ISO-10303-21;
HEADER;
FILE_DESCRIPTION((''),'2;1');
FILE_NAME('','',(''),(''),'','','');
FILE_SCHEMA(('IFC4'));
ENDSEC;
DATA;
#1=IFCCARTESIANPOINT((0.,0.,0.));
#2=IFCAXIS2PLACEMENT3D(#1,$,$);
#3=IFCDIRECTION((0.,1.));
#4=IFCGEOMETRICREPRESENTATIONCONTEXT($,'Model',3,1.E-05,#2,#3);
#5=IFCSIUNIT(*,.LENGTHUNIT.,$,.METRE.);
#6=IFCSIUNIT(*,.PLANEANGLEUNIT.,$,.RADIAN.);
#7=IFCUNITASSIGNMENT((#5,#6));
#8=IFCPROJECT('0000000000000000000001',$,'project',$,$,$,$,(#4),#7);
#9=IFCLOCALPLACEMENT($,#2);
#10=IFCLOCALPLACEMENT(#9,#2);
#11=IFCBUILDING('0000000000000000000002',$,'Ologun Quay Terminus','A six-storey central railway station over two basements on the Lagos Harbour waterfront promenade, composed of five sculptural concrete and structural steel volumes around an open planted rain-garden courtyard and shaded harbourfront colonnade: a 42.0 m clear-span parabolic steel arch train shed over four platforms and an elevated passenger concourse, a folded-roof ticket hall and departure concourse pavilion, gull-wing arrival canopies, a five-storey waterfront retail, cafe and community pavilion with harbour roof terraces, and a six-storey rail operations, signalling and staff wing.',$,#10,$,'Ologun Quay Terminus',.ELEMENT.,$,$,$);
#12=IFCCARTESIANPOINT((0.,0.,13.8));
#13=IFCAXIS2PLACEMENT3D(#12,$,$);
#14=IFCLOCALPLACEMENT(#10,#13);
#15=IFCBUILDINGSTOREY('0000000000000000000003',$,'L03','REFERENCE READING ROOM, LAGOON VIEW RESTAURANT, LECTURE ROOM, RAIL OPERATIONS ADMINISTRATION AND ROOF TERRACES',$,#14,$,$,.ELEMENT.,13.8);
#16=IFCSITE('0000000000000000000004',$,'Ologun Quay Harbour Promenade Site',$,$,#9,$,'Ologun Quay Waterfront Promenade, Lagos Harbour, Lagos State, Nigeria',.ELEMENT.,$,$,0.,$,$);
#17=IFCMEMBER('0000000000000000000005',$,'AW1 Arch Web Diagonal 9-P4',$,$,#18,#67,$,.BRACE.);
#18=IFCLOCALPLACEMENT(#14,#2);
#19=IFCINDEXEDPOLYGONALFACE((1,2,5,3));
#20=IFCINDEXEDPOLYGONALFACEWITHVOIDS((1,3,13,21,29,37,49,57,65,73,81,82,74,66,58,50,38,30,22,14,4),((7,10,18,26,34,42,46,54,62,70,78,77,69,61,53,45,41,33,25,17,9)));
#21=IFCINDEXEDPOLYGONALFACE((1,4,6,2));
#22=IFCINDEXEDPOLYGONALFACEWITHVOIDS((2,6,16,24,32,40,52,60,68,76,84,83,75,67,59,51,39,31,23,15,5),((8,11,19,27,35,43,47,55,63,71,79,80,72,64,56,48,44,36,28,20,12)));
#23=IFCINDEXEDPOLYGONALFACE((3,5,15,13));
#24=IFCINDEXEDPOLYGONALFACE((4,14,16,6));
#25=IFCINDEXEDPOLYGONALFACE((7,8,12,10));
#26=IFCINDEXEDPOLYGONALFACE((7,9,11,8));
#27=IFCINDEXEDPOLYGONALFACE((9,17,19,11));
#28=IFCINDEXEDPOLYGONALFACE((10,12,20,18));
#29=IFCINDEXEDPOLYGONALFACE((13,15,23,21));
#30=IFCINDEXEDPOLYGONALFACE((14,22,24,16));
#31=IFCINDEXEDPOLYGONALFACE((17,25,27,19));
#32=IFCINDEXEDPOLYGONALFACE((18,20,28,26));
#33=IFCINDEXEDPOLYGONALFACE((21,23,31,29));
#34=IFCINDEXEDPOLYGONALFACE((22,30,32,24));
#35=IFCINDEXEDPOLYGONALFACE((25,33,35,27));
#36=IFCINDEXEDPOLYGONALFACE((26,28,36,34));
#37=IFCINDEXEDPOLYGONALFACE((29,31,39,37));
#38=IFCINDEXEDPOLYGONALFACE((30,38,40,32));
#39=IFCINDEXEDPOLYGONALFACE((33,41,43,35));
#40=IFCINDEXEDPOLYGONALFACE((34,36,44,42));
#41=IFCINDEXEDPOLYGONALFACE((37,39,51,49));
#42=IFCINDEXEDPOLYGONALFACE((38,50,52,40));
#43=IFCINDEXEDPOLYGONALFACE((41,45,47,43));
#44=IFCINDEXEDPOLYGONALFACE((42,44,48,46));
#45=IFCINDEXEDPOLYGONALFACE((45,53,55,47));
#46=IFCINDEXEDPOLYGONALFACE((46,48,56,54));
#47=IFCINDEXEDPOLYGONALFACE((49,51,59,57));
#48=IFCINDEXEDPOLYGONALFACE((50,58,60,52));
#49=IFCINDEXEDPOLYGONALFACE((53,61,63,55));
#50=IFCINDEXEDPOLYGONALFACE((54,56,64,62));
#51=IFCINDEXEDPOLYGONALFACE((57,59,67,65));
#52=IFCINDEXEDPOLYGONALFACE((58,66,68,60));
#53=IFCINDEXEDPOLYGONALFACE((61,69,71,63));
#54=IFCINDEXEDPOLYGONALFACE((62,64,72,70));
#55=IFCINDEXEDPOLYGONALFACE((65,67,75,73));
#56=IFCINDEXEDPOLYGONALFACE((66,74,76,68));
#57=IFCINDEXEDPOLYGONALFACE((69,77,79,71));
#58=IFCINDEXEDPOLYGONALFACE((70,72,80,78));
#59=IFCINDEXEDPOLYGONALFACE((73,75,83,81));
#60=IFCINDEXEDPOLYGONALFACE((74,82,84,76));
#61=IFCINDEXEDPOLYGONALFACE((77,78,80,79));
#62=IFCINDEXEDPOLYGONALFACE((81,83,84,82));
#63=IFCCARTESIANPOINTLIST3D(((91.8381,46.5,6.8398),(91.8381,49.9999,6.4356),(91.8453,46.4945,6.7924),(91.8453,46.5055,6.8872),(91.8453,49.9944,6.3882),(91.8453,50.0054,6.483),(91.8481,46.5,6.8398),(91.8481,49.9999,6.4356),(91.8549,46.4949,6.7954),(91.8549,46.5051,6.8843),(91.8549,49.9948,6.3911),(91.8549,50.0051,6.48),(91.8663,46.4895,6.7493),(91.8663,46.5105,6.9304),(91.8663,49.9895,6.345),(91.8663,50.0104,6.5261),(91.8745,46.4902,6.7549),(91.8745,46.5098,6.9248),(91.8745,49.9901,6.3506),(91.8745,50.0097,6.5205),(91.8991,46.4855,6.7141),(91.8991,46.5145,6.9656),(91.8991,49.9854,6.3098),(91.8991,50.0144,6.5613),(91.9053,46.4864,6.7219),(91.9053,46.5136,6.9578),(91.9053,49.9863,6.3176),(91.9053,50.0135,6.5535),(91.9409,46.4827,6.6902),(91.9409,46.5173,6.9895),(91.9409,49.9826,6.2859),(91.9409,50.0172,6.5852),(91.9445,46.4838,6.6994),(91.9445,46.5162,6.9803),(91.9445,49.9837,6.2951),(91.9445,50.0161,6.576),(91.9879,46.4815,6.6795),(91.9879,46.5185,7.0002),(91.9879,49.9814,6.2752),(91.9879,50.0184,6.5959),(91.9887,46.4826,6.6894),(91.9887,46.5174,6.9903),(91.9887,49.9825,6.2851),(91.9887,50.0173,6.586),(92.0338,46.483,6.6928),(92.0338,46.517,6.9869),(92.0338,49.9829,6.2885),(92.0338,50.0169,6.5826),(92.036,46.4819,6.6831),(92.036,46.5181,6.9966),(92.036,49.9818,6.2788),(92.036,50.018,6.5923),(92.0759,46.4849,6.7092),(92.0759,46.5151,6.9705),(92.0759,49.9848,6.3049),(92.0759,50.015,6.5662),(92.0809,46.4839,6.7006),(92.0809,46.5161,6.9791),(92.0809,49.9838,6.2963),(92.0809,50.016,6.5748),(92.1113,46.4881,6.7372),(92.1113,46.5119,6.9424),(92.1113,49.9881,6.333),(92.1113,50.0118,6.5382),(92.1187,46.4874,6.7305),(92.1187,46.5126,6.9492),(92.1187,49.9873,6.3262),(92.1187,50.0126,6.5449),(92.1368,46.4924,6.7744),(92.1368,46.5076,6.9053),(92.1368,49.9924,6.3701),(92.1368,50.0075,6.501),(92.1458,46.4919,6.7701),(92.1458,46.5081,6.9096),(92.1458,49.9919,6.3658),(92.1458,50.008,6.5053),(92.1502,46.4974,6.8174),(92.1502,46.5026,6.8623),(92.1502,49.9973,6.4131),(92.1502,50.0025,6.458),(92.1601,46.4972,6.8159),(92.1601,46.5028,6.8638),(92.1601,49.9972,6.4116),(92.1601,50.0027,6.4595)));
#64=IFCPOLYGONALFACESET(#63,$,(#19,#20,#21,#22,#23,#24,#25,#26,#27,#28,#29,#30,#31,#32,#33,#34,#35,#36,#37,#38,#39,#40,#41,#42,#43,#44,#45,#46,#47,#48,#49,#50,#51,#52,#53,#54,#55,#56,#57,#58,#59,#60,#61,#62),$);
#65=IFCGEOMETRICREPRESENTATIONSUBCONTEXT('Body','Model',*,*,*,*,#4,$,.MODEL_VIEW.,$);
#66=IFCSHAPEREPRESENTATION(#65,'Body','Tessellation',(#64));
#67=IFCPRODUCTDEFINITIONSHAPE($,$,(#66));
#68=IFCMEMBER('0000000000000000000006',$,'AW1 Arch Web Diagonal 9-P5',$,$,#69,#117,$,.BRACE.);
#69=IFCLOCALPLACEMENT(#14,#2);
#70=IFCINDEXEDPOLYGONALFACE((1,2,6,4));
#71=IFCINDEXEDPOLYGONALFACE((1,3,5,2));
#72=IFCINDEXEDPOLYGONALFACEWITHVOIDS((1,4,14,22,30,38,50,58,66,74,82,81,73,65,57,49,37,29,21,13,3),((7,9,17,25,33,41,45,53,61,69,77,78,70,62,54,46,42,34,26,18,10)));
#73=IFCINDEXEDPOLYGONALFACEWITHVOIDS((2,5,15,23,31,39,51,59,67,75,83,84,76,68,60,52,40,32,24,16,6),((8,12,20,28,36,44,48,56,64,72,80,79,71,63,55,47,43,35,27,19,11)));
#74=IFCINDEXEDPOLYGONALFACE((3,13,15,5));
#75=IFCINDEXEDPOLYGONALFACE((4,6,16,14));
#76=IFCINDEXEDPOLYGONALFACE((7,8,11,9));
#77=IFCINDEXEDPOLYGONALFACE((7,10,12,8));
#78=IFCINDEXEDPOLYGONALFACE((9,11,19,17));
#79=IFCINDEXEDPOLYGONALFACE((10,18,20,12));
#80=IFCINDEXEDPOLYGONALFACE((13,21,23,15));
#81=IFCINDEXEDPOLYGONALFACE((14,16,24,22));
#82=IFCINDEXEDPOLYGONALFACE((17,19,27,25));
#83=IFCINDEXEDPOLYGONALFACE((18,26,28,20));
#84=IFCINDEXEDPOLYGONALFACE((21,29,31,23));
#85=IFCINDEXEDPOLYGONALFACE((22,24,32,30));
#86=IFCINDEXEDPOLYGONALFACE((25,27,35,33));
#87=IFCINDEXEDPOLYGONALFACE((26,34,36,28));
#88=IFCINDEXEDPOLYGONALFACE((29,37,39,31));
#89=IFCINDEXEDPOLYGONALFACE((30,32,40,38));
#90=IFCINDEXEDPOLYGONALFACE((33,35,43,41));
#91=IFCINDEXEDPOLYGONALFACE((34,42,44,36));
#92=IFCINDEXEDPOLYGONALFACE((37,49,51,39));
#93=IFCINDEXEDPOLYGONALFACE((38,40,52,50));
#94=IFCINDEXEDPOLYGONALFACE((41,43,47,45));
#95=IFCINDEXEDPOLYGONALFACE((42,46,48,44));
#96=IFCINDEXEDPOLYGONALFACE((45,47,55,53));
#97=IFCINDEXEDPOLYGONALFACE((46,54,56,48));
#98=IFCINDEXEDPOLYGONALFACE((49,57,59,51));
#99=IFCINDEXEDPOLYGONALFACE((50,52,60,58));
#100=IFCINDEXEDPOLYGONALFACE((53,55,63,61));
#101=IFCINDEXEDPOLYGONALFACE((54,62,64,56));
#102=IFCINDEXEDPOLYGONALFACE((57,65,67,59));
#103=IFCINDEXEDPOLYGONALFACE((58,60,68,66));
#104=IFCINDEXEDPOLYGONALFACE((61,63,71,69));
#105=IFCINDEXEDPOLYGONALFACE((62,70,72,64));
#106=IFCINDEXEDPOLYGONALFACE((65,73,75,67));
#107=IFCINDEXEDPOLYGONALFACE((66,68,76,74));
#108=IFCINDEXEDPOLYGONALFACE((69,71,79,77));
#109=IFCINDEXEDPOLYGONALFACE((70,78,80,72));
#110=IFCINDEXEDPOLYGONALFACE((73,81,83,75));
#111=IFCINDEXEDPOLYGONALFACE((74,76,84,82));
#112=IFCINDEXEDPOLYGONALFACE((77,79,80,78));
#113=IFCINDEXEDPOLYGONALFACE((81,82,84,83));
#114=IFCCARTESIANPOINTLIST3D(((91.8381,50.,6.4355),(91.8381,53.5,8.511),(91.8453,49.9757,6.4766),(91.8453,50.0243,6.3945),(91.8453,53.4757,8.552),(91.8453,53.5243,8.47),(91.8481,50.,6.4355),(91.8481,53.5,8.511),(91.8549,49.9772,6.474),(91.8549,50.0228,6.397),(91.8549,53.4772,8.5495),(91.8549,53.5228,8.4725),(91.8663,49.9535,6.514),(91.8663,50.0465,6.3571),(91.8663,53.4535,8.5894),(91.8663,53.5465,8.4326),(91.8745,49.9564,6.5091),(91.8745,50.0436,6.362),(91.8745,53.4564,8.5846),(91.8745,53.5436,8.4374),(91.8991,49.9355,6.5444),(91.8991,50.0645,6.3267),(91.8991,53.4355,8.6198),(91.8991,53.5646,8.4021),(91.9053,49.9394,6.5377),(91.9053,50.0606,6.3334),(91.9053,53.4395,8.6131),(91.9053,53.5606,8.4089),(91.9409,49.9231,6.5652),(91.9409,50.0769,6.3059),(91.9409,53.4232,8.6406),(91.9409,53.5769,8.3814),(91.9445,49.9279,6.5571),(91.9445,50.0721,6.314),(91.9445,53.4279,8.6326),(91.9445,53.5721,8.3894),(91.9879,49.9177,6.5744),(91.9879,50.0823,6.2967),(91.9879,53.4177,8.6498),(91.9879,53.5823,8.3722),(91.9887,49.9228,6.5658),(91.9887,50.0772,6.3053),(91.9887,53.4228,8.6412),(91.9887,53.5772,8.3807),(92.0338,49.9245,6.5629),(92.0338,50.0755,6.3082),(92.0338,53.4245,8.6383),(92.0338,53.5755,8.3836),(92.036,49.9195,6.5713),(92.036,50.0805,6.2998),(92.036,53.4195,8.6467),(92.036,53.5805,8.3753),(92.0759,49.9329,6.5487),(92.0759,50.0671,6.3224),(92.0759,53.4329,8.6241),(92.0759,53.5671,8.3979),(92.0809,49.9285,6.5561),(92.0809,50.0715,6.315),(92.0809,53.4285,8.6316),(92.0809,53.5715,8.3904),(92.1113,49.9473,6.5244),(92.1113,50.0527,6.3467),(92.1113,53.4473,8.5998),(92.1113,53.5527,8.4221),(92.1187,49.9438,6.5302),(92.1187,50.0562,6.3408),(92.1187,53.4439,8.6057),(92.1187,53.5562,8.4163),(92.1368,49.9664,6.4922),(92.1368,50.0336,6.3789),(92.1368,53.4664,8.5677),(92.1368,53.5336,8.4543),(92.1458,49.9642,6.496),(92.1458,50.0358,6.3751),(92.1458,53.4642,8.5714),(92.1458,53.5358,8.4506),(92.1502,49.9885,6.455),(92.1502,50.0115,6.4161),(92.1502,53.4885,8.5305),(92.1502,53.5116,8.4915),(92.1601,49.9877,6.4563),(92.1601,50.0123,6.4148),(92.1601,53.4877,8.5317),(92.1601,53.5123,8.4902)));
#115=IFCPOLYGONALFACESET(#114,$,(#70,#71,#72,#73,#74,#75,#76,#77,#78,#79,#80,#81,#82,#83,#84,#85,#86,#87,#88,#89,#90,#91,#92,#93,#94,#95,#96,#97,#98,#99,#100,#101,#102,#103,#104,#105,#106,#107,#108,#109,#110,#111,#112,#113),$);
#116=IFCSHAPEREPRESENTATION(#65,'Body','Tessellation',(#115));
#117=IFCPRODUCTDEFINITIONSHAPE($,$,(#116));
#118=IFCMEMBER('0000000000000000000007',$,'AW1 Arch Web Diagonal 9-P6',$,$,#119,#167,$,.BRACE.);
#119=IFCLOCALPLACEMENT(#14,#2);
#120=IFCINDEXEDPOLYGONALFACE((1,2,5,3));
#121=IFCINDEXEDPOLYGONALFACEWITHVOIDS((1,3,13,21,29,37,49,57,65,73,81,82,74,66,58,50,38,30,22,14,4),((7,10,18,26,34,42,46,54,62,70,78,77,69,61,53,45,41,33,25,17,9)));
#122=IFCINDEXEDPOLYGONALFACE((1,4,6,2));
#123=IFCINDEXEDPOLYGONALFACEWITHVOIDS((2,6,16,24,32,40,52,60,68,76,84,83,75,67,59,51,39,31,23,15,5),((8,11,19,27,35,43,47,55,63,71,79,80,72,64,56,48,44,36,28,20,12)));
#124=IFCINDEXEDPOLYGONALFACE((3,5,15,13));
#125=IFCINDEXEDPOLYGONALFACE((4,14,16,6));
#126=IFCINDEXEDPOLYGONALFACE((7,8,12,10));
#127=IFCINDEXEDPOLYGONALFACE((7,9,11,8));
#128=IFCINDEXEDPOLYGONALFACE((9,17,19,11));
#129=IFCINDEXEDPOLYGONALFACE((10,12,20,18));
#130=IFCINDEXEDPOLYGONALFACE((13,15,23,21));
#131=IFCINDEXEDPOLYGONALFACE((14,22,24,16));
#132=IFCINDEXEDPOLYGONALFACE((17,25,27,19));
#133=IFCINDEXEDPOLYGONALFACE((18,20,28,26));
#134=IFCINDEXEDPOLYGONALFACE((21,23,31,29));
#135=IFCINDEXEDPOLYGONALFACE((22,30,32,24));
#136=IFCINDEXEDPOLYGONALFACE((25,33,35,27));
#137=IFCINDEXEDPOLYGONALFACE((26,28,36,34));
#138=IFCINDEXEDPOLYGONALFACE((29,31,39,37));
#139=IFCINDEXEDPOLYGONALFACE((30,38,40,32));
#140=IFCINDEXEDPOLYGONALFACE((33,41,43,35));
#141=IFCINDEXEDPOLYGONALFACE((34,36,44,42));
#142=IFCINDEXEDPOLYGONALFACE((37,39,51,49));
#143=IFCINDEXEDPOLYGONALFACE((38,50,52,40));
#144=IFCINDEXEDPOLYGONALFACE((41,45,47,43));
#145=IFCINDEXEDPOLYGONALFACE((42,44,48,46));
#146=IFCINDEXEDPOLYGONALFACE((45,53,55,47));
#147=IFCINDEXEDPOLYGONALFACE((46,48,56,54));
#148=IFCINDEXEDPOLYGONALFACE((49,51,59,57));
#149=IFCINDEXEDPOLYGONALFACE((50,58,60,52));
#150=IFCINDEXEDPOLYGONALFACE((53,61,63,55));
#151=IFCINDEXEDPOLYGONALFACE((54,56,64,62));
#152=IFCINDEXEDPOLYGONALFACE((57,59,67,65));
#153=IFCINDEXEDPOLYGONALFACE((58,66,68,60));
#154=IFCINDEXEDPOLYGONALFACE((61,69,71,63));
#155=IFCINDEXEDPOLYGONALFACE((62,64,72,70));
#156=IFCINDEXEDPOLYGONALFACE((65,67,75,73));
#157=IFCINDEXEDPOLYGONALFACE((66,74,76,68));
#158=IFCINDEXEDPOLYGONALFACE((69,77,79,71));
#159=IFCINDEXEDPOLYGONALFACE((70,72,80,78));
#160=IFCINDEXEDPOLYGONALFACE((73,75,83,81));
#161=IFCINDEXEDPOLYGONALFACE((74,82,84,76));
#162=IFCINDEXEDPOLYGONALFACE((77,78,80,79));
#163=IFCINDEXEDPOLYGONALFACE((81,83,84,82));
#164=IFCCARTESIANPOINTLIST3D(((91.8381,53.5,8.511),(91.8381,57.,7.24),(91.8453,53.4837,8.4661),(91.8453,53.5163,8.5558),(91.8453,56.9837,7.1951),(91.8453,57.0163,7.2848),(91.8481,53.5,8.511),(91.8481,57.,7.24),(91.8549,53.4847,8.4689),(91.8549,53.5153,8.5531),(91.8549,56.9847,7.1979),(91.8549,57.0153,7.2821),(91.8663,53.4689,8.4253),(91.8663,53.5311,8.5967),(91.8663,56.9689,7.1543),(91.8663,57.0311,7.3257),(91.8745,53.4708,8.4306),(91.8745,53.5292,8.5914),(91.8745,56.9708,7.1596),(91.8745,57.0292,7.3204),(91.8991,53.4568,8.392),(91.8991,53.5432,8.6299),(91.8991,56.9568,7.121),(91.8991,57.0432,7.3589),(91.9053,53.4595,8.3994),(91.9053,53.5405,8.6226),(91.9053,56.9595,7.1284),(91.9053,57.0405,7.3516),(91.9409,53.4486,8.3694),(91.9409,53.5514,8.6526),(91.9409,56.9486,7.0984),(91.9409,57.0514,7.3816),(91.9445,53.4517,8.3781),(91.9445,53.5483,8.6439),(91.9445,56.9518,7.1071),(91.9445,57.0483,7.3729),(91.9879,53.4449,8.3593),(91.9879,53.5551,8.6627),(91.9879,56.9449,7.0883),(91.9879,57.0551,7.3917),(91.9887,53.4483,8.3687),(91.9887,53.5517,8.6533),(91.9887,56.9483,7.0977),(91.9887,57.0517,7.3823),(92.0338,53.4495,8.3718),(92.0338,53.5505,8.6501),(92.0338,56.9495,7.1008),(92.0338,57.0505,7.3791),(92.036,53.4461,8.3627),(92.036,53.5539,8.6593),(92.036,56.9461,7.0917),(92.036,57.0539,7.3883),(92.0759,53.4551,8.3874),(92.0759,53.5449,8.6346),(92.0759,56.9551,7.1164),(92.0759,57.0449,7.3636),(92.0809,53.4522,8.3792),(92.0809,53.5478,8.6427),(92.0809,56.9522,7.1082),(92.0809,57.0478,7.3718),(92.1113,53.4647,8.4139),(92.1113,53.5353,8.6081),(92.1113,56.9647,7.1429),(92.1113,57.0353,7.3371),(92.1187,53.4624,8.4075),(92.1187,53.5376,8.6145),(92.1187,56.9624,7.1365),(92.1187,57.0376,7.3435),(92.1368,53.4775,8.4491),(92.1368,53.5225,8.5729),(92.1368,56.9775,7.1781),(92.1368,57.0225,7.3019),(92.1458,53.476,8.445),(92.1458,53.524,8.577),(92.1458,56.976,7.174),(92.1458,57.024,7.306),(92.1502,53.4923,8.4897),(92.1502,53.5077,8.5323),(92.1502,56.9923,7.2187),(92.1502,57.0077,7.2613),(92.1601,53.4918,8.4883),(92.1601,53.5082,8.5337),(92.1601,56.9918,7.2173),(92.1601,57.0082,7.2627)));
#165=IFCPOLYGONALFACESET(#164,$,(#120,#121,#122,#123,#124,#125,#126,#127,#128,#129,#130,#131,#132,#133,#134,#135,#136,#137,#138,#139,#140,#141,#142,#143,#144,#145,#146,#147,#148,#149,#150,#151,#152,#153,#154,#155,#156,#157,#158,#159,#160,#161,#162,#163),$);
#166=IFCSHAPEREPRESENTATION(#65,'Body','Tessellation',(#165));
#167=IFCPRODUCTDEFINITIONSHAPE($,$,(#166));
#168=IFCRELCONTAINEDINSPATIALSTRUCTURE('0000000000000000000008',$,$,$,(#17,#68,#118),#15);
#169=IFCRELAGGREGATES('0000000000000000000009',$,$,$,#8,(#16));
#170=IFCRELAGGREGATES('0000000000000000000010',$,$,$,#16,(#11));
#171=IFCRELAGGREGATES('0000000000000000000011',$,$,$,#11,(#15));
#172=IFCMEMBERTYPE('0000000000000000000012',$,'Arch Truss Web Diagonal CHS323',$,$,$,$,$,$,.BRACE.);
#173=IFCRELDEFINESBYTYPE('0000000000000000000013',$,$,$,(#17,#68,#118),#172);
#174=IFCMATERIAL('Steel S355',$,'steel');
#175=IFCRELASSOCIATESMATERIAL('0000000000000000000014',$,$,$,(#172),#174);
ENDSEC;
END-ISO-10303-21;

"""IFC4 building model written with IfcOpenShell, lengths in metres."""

from ifc_helpers import new_model, si_unit, direction, frame, origin, origin_2d, place, context, subcontext, project, spatial, hollow_circle, extrude, material, material_profile, profile_set, type_object, element, save


model = new_model("IFC4")

# Units and contexts
model_context = context("Model", 3, precision=1e-05, world=origin(), true_north=direction((0.0, 1.0)))
body_context = subcontext(model_context, "Body", "Model", "MODEL_VIEW")
ifc_project = project(units=[si_unit("LENGTHUNIT", "METRE"), si_unit("PLANEANGLEUNIT", "RADIAN")], contexts=[model_context])

# Site, building, storey
site_placement = place(None, origin())
site = spatial("IfcSite", under=ifc_project, at=site_placement, Name="Ologun Quay Harbour Promenade Site", LongName="Ologun Quay Waterfront Promenade, Lagos Harbour, Lagos State, Nigeria", CompositionType="ELEMENT", RefElevation=0.0)
building_placement = place(site_placement, origin())
building = spatial("IfcBuilding", under=site, at=building_placement, Name="Ologun Quay Terminus", Description="A six-storey central railway station over two basements on the Lagos Harbour waterfront promenade, composed of five sculptural concrete and structural steel volumes around an open planted rain-garden courtyard and shaded harbourfront colonnade: a 42.0 m clear-span parabolic steel arch train shed over four platforms and an elevated passenger concourse, a folded-roof ticket hall and departure concourse pavilion, gull-wing arrival canopies, a five-storey waterfront retail, cafe and community pavilion with harbour roof terraces, and a six-storey rail operations, signalling and staff wing.", LongName="Ologun Quay Terminus", CompositionType="ELEMENT")
storey_placement = place(building_placement, frame((0.0, 0.0, 13.8)))
storey = spatial("IfcBuildingStorey", under=building, at=storey_placement, Name="L03", Description="REFERENCE READING ROOM, LAGOON VIEW RESTAURANT, LECTURE ROOM, RAIL OPERATIONS ADMINISTRATION AND ROOF TERRACES", CompositionType="ELEMENT", Elevation=13.8)

# Members
ifc_material_1 = material(Name="Steel S355", Category="steel")
ifc_material_profile_1 = material_profile(ifc_material_1, hollow_circle(Radius=0.1619, WallThickness=0.01, at=origin_2d()), Name="CHS 323.9x10")
ifc_profile_set_1 = profile_set([ifc_material_profile_1], Name="Steel S355")
member_type_1 = type_object("IfcMemberType", Name="Arch Truss Web Diagonal CHS323", PredefinedType="BRACE", material=ifc_profile_set_1)
member_1_placement = place(storey_placement, frame((92.0, 46.5, 6.8398), z_axis=(0.0, 0.993394, -0.11475), x_axis=(-1.0, 0.0, 0.0)))
element("IfcMember", 1, at=member_1_placement, inside=storey, type_object=member_type_1, Name="AW1 Arch Web Diagonal 9-P4", PredefinedType="BRACE", context=body_context, shape_type="SweptSolid", body=[
    extrude(hollow_circle(Radius=0.1619, WallThickness=0.01, at=origin_2d()), origin(), (0.0, 0.0, 1.0), 3.5232),
])
member_2_placement = place(storey_placement, frame((92.0, 50.0, 6.4355), z_axis=(0.0, 0.860144, 0.510051), x_axis=(-1.0, 0.0, 0.0)))
element("IfcMember", 2, at=member_2_placement, inside=storey, type_object=member_type_1, Name="AW1 Arch Web Diagonal 9-P5", PredefinedType="BRACE", context=body_context, shape_type="SweptSolid", body=[
    extrude(hollow_circle(Radius=0.1619, WallThickness=0.01, at=origin_2d()), origin(), (0.0, 0.0, 1.0), 4.0691),
])
member_3_placement = place(storey_placement, frame((92.0, 53.5, 8.511), z_axis=(0.0, 0.939943, -0.341332), x_axis=(-1.0, 0.0, 0.0)))
element("IfcMember", 3, at=member_3_placement, inside=storey, type_object=member_type_1, Name="AW1 Arch Web Diagonal 9-P6", PredefinedType="BRACE", context=body_context, shape_type="SweptSolid", body=[
    extrude(hollow_circle(Radius=0.1619, WallThickness=0.01, at=origin_2d()), origin(), (0.0, 0.0, 1.0), 3.7236),
])

save(model, "model.ifc")
